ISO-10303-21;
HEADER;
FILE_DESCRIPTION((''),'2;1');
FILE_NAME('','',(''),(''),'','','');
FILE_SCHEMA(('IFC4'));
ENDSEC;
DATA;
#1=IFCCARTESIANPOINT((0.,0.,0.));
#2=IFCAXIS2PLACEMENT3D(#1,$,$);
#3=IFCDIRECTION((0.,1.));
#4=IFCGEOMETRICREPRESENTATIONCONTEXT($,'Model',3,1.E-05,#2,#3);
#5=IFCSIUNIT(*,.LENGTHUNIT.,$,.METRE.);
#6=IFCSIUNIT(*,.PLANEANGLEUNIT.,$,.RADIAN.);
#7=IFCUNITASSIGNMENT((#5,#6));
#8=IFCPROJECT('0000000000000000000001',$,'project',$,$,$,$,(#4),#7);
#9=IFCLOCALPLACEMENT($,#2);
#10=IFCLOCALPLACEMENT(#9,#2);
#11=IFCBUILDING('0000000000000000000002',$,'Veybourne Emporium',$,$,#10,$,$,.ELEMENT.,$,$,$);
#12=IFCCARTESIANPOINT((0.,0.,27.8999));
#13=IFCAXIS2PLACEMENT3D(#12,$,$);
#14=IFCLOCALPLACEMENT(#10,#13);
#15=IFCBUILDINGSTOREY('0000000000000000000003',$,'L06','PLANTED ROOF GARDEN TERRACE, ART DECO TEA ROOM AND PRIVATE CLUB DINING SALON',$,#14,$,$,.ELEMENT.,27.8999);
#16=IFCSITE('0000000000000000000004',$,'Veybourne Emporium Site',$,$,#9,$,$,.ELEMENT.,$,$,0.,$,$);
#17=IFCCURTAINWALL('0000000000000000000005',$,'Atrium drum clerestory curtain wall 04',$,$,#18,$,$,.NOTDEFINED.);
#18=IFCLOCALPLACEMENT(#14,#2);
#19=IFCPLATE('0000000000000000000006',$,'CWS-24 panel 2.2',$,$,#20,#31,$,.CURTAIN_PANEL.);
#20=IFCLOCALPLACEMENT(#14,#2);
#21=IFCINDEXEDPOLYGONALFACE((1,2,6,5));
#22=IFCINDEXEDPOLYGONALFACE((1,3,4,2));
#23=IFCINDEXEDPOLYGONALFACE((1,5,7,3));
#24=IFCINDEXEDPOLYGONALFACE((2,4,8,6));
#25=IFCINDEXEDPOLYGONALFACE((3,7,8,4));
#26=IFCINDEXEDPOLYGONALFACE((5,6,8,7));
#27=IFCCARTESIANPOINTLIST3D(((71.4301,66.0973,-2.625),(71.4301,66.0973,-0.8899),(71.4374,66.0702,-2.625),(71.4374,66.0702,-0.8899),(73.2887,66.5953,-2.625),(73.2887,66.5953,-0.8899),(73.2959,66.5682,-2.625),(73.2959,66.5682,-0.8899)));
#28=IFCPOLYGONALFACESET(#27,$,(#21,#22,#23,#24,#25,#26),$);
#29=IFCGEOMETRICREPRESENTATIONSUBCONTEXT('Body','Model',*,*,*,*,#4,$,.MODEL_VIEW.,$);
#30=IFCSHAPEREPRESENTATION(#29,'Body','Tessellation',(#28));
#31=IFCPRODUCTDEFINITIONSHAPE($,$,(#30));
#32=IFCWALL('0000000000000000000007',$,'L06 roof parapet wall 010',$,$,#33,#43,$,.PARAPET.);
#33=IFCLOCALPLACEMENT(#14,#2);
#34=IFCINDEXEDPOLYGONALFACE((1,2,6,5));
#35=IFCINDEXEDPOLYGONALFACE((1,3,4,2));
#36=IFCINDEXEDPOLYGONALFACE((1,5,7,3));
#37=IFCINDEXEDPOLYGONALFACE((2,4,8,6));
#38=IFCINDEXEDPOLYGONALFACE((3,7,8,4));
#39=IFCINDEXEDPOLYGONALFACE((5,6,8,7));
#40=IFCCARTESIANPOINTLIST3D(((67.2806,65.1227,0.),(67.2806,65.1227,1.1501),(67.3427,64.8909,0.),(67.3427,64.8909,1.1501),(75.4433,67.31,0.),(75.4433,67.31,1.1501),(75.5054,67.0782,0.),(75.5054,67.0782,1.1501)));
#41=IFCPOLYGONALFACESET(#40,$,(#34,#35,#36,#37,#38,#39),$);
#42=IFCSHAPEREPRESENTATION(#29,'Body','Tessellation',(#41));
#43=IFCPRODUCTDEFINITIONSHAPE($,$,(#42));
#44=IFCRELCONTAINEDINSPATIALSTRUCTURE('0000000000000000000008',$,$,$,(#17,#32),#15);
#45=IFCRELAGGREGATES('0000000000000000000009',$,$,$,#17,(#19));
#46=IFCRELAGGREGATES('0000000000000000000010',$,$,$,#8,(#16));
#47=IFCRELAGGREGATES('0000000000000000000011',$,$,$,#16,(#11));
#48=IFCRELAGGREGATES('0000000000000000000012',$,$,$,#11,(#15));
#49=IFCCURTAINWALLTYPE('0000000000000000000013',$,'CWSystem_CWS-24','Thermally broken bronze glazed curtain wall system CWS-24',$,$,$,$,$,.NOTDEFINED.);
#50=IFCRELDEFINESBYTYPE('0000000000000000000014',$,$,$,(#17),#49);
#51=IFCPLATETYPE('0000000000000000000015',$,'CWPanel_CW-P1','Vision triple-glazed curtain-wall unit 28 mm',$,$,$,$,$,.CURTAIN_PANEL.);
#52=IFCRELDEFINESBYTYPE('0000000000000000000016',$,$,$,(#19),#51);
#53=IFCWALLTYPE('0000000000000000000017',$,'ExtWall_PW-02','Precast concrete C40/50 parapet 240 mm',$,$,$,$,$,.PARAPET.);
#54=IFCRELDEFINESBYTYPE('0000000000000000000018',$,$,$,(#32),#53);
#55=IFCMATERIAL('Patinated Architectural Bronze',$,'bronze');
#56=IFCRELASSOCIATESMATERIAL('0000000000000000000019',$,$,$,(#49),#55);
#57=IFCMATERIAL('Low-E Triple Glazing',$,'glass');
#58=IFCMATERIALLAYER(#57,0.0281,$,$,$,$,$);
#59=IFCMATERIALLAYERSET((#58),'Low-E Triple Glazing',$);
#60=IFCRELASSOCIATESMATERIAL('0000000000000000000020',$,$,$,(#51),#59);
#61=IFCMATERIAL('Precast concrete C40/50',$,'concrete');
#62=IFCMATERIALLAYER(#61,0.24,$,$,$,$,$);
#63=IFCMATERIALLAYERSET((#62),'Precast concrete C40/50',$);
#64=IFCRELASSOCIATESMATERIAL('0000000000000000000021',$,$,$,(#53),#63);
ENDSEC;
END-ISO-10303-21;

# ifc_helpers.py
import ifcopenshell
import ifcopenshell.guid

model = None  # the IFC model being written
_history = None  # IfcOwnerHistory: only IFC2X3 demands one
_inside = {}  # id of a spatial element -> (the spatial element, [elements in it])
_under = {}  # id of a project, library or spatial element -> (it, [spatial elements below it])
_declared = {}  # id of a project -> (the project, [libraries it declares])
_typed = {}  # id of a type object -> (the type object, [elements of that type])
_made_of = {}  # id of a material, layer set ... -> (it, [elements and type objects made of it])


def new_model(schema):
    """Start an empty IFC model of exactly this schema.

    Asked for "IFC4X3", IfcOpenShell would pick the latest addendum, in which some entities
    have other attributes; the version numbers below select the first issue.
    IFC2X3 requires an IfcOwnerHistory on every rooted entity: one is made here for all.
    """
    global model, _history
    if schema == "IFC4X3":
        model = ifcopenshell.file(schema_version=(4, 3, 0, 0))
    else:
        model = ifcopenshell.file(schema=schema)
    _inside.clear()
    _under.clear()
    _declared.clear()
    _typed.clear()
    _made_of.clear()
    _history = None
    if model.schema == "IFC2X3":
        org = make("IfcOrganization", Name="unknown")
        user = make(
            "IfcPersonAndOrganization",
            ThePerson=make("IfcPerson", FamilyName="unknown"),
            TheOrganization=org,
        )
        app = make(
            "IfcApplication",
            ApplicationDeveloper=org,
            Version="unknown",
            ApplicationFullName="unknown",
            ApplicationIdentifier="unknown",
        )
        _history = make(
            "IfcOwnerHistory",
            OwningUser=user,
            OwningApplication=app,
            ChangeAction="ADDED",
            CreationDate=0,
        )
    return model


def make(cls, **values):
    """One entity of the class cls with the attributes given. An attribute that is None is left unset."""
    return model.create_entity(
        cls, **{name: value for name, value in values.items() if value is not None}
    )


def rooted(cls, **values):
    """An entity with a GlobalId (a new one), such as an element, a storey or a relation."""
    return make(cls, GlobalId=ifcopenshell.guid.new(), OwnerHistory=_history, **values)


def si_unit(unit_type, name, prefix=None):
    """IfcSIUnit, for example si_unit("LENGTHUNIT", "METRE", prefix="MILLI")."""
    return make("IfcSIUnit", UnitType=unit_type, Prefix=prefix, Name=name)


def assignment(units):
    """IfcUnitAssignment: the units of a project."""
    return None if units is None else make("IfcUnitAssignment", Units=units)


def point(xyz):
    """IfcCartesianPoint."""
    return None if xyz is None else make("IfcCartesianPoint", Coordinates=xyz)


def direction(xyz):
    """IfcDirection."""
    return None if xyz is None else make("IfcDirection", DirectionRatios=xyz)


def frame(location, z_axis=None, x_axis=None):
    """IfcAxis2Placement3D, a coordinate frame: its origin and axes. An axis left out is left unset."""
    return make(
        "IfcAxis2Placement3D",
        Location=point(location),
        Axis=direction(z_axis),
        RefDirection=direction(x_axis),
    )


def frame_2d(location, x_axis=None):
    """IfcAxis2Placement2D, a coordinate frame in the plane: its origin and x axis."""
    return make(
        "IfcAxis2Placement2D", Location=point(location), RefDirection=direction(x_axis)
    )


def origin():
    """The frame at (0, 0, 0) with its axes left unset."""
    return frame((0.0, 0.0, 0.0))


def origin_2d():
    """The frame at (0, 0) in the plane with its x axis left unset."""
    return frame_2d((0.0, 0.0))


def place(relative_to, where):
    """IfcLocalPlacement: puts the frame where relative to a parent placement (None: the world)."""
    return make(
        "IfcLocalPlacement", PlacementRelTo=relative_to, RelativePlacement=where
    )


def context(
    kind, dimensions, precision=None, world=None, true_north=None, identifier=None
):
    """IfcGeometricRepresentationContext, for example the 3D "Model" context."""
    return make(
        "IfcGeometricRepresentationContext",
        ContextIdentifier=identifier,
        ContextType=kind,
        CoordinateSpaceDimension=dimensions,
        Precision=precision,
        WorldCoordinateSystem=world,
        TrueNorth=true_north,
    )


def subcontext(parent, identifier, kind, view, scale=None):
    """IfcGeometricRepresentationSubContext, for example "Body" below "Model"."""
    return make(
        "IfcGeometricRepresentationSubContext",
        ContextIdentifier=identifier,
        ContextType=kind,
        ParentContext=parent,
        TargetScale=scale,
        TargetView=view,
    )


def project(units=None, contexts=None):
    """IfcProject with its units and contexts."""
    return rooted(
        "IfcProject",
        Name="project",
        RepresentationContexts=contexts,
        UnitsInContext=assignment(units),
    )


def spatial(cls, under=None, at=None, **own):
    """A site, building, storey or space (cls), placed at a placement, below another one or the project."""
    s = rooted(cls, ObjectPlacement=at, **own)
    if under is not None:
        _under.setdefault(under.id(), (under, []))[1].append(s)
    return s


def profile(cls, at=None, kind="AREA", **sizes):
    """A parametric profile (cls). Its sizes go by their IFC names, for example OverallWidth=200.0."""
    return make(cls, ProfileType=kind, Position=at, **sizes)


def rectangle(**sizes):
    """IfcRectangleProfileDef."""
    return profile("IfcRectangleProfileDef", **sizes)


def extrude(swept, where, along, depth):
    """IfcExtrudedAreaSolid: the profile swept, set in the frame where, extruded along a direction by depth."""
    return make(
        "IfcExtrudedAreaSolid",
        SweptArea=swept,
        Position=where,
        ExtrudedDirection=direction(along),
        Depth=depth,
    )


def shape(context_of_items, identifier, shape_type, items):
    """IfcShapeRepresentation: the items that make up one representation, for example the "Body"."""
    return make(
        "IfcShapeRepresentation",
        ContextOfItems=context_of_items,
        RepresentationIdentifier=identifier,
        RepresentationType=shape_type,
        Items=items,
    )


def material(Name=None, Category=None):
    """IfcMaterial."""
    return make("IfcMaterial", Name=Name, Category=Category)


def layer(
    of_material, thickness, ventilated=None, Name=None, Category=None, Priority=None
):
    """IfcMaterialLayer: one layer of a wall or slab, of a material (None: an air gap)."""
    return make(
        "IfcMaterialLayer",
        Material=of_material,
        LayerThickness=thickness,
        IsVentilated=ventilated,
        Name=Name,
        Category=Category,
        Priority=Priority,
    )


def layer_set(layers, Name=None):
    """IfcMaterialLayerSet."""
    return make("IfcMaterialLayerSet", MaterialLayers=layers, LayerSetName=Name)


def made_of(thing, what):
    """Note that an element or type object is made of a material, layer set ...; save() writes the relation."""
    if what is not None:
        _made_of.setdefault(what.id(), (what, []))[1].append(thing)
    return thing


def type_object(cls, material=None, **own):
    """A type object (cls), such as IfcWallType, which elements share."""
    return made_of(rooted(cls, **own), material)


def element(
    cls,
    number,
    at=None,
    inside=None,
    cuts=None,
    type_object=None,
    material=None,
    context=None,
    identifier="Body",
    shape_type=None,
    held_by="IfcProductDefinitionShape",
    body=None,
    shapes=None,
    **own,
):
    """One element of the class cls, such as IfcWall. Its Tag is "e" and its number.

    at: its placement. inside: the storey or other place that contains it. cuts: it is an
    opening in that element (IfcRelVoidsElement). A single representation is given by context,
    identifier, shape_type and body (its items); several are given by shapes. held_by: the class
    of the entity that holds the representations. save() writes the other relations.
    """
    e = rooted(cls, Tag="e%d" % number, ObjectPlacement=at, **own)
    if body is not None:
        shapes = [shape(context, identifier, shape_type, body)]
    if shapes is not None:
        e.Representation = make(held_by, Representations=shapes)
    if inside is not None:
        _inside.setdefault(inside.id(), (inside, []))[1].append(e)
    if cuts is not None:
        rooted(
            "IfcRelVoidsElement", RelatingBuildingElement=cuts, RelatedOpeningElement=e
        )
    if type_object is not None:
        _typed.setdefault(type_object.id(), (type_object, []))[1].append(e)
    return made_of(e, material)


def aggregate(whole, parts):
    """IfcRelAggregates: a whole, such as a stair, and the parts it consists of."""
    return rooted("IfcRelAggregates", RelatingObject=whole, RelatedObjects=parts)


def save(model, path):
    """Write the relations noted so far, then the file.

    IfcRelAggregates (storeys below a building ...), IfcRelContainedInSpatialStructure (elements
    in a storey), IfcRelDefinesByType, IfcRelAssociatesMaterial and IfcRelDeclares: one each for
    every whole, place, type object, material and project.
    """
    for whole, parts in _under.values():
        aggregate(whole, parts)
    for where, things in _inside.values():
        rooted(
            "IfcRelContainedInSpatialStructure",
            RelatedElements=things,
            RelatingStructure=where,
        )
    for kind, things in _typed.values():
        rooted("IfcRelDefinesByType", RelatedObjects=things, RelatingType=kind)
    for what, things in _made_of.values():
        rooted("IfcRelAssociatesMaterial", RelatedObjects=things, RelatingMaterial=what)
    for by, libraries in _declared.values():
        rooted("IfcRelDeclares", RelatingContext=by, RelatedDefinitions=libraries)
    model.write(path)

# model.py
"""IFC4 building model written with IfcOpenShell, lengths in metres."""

from ifc_helpers import new_model, si_unit, direction, frame, frame_2d, origin, origin_2d, place, context, subcontext, project, spatial, rectangle, extrude, material, layer, layer_set, type_object, element, aggregate, save


model = new_model("IFC4")

# Units and contexts
model_context = context("Model", 3, precision=1e-05, world=origin(), true_north=direction((0.0, 1.0)))
body_context = subcontext(model_context, "Body", "Model", "MODEL_VIEW")
ifc_project = project(units=[si_unit("LENGTHUNIT", "METRE"), si_unit("PLANEANGLEUNIT", "RADIAN")], contexts=[model_context])

# Site, building, storey
site_placement = place(None, origin())
site = spatial("IfcSite", under=ifc_project, at=site_placement, Name="Veybourne Emporium Site", CompositionType="ELEMENT", RefElevation=0.0)
building_placement = place(site_placement, origin())
building = spatial("IfcBuilding", under=site, at=building_placement, Name="Veybourne Emporium", CompositionType="ELEMENT")
storey_placement = place(building_placement, frame((0.0, 0.0, 27.8999)))
storey = spatial("IfcBuildingStorey", under=building, at=storey_placement, Name="L06", Description="PLANTED ROOF GARDEN TERRACE, ART DECO TEA ROOM AND PRIVATE CLUB DINING SALON", CompositionType="ELEMENT", Elevation=27.8999)

# Curtain wall
ifc_material_1 = material(Name="Patinated Architectural Bronze", Category="bronze")
curtain_wall_type_1 = type_object("IfcCurtainWallType", Name="CWSystem_CWS-24", Description="Thermally broken bronze glazed curtain wall system CWS-24", PredefinedType="NOTDEFINED", material=ifc_material_1)
curtain_wall_1_placement = place(storey_placement, origin())
curtain_wall_1 = element("IfcCurtainWall", 1, at=curtain_wall_1_placement, inside=storey, type_object=curtain_wall_type_1, Name="Atrium drum clerestory curtain wall 04", PredefinedType="NOTDEFINED")

# Plate
ifc_material_2 = material(Name="Low-E Triple Glazing", Category="glass")
ifc_layer_1 = layer(ifc_material_2, 0.0281)
ifc_layer_set_1 = layer_set([ifc_layer_1], Name="Low-E Triple Glazing")
plate_type = type_object("IfcPlateType", Name="CWPanel_CW-P1", Description="Vision triple-glazed curtain-wall unit 28 mm", PredefinedType="CURTAIN_PANEL", material=ifc_layer_set_1)
plate_1_placement = place(storey_placement, frame((72.363, 66.3328, -2.625), z_axis=(0.0, 0.0, 1.0), x_axis=(-0.965926, -0.25882, 0.0)))
plate_1 = element("IfcPlate", 2, at=plate_1_placement, type_object=plate_type, Name="CWS-24 panel 2.2", PredefinedType="CURTAIN_PANEL", context=body_context, shape_type="SweptSolid", body=[
    extrude(rectangle(XDim=1.9241, YDim=0.0281, at=origin_2d()), origin(), (0.0, 0.0, 1.0), 1.7351),
])
aggregate(curtain_wall_1, [plate_1])

# Wall
ifc_material_3 = material(Name="Precast concrete C40/50", Category="concrete")
ifc_layer_2 = layer(ifc_material_3, 0.24)
ifc_layer_set_2 = layer_set([ifc_layer_2], Name="Precast concrete C40/50")
wall_type = type_object("IfcWallType", Name="ExtWall_PW-02", Description="Precast concrete C40/50 parapet 240 mm", PredefinedType="PARAPET", material=ifc_layer_set_2)
wall_placement = place(storey_placement, frame((75.4744, 67.1941, 0.0), z_axis=(0.0, 0.0, 1.0), x_axis=(-0.965923, -0.258829, 0.0)))
element("IfcWall", 3, at=wall_placement, inside=storey, type_object=wall_type, Name="L06 roof parapet wall 010", PredefinedType="PARAPET", context=body_context, shape_type="SweptSolid", body=[
    extrude(rectangle(XDim=8.4507, YDim=0.24, at=frame_2d((4.2253, 0.0))), origin(), (0.0, 0.0, 1.0), 1.1501),
])

save(model, "model.ifc")
